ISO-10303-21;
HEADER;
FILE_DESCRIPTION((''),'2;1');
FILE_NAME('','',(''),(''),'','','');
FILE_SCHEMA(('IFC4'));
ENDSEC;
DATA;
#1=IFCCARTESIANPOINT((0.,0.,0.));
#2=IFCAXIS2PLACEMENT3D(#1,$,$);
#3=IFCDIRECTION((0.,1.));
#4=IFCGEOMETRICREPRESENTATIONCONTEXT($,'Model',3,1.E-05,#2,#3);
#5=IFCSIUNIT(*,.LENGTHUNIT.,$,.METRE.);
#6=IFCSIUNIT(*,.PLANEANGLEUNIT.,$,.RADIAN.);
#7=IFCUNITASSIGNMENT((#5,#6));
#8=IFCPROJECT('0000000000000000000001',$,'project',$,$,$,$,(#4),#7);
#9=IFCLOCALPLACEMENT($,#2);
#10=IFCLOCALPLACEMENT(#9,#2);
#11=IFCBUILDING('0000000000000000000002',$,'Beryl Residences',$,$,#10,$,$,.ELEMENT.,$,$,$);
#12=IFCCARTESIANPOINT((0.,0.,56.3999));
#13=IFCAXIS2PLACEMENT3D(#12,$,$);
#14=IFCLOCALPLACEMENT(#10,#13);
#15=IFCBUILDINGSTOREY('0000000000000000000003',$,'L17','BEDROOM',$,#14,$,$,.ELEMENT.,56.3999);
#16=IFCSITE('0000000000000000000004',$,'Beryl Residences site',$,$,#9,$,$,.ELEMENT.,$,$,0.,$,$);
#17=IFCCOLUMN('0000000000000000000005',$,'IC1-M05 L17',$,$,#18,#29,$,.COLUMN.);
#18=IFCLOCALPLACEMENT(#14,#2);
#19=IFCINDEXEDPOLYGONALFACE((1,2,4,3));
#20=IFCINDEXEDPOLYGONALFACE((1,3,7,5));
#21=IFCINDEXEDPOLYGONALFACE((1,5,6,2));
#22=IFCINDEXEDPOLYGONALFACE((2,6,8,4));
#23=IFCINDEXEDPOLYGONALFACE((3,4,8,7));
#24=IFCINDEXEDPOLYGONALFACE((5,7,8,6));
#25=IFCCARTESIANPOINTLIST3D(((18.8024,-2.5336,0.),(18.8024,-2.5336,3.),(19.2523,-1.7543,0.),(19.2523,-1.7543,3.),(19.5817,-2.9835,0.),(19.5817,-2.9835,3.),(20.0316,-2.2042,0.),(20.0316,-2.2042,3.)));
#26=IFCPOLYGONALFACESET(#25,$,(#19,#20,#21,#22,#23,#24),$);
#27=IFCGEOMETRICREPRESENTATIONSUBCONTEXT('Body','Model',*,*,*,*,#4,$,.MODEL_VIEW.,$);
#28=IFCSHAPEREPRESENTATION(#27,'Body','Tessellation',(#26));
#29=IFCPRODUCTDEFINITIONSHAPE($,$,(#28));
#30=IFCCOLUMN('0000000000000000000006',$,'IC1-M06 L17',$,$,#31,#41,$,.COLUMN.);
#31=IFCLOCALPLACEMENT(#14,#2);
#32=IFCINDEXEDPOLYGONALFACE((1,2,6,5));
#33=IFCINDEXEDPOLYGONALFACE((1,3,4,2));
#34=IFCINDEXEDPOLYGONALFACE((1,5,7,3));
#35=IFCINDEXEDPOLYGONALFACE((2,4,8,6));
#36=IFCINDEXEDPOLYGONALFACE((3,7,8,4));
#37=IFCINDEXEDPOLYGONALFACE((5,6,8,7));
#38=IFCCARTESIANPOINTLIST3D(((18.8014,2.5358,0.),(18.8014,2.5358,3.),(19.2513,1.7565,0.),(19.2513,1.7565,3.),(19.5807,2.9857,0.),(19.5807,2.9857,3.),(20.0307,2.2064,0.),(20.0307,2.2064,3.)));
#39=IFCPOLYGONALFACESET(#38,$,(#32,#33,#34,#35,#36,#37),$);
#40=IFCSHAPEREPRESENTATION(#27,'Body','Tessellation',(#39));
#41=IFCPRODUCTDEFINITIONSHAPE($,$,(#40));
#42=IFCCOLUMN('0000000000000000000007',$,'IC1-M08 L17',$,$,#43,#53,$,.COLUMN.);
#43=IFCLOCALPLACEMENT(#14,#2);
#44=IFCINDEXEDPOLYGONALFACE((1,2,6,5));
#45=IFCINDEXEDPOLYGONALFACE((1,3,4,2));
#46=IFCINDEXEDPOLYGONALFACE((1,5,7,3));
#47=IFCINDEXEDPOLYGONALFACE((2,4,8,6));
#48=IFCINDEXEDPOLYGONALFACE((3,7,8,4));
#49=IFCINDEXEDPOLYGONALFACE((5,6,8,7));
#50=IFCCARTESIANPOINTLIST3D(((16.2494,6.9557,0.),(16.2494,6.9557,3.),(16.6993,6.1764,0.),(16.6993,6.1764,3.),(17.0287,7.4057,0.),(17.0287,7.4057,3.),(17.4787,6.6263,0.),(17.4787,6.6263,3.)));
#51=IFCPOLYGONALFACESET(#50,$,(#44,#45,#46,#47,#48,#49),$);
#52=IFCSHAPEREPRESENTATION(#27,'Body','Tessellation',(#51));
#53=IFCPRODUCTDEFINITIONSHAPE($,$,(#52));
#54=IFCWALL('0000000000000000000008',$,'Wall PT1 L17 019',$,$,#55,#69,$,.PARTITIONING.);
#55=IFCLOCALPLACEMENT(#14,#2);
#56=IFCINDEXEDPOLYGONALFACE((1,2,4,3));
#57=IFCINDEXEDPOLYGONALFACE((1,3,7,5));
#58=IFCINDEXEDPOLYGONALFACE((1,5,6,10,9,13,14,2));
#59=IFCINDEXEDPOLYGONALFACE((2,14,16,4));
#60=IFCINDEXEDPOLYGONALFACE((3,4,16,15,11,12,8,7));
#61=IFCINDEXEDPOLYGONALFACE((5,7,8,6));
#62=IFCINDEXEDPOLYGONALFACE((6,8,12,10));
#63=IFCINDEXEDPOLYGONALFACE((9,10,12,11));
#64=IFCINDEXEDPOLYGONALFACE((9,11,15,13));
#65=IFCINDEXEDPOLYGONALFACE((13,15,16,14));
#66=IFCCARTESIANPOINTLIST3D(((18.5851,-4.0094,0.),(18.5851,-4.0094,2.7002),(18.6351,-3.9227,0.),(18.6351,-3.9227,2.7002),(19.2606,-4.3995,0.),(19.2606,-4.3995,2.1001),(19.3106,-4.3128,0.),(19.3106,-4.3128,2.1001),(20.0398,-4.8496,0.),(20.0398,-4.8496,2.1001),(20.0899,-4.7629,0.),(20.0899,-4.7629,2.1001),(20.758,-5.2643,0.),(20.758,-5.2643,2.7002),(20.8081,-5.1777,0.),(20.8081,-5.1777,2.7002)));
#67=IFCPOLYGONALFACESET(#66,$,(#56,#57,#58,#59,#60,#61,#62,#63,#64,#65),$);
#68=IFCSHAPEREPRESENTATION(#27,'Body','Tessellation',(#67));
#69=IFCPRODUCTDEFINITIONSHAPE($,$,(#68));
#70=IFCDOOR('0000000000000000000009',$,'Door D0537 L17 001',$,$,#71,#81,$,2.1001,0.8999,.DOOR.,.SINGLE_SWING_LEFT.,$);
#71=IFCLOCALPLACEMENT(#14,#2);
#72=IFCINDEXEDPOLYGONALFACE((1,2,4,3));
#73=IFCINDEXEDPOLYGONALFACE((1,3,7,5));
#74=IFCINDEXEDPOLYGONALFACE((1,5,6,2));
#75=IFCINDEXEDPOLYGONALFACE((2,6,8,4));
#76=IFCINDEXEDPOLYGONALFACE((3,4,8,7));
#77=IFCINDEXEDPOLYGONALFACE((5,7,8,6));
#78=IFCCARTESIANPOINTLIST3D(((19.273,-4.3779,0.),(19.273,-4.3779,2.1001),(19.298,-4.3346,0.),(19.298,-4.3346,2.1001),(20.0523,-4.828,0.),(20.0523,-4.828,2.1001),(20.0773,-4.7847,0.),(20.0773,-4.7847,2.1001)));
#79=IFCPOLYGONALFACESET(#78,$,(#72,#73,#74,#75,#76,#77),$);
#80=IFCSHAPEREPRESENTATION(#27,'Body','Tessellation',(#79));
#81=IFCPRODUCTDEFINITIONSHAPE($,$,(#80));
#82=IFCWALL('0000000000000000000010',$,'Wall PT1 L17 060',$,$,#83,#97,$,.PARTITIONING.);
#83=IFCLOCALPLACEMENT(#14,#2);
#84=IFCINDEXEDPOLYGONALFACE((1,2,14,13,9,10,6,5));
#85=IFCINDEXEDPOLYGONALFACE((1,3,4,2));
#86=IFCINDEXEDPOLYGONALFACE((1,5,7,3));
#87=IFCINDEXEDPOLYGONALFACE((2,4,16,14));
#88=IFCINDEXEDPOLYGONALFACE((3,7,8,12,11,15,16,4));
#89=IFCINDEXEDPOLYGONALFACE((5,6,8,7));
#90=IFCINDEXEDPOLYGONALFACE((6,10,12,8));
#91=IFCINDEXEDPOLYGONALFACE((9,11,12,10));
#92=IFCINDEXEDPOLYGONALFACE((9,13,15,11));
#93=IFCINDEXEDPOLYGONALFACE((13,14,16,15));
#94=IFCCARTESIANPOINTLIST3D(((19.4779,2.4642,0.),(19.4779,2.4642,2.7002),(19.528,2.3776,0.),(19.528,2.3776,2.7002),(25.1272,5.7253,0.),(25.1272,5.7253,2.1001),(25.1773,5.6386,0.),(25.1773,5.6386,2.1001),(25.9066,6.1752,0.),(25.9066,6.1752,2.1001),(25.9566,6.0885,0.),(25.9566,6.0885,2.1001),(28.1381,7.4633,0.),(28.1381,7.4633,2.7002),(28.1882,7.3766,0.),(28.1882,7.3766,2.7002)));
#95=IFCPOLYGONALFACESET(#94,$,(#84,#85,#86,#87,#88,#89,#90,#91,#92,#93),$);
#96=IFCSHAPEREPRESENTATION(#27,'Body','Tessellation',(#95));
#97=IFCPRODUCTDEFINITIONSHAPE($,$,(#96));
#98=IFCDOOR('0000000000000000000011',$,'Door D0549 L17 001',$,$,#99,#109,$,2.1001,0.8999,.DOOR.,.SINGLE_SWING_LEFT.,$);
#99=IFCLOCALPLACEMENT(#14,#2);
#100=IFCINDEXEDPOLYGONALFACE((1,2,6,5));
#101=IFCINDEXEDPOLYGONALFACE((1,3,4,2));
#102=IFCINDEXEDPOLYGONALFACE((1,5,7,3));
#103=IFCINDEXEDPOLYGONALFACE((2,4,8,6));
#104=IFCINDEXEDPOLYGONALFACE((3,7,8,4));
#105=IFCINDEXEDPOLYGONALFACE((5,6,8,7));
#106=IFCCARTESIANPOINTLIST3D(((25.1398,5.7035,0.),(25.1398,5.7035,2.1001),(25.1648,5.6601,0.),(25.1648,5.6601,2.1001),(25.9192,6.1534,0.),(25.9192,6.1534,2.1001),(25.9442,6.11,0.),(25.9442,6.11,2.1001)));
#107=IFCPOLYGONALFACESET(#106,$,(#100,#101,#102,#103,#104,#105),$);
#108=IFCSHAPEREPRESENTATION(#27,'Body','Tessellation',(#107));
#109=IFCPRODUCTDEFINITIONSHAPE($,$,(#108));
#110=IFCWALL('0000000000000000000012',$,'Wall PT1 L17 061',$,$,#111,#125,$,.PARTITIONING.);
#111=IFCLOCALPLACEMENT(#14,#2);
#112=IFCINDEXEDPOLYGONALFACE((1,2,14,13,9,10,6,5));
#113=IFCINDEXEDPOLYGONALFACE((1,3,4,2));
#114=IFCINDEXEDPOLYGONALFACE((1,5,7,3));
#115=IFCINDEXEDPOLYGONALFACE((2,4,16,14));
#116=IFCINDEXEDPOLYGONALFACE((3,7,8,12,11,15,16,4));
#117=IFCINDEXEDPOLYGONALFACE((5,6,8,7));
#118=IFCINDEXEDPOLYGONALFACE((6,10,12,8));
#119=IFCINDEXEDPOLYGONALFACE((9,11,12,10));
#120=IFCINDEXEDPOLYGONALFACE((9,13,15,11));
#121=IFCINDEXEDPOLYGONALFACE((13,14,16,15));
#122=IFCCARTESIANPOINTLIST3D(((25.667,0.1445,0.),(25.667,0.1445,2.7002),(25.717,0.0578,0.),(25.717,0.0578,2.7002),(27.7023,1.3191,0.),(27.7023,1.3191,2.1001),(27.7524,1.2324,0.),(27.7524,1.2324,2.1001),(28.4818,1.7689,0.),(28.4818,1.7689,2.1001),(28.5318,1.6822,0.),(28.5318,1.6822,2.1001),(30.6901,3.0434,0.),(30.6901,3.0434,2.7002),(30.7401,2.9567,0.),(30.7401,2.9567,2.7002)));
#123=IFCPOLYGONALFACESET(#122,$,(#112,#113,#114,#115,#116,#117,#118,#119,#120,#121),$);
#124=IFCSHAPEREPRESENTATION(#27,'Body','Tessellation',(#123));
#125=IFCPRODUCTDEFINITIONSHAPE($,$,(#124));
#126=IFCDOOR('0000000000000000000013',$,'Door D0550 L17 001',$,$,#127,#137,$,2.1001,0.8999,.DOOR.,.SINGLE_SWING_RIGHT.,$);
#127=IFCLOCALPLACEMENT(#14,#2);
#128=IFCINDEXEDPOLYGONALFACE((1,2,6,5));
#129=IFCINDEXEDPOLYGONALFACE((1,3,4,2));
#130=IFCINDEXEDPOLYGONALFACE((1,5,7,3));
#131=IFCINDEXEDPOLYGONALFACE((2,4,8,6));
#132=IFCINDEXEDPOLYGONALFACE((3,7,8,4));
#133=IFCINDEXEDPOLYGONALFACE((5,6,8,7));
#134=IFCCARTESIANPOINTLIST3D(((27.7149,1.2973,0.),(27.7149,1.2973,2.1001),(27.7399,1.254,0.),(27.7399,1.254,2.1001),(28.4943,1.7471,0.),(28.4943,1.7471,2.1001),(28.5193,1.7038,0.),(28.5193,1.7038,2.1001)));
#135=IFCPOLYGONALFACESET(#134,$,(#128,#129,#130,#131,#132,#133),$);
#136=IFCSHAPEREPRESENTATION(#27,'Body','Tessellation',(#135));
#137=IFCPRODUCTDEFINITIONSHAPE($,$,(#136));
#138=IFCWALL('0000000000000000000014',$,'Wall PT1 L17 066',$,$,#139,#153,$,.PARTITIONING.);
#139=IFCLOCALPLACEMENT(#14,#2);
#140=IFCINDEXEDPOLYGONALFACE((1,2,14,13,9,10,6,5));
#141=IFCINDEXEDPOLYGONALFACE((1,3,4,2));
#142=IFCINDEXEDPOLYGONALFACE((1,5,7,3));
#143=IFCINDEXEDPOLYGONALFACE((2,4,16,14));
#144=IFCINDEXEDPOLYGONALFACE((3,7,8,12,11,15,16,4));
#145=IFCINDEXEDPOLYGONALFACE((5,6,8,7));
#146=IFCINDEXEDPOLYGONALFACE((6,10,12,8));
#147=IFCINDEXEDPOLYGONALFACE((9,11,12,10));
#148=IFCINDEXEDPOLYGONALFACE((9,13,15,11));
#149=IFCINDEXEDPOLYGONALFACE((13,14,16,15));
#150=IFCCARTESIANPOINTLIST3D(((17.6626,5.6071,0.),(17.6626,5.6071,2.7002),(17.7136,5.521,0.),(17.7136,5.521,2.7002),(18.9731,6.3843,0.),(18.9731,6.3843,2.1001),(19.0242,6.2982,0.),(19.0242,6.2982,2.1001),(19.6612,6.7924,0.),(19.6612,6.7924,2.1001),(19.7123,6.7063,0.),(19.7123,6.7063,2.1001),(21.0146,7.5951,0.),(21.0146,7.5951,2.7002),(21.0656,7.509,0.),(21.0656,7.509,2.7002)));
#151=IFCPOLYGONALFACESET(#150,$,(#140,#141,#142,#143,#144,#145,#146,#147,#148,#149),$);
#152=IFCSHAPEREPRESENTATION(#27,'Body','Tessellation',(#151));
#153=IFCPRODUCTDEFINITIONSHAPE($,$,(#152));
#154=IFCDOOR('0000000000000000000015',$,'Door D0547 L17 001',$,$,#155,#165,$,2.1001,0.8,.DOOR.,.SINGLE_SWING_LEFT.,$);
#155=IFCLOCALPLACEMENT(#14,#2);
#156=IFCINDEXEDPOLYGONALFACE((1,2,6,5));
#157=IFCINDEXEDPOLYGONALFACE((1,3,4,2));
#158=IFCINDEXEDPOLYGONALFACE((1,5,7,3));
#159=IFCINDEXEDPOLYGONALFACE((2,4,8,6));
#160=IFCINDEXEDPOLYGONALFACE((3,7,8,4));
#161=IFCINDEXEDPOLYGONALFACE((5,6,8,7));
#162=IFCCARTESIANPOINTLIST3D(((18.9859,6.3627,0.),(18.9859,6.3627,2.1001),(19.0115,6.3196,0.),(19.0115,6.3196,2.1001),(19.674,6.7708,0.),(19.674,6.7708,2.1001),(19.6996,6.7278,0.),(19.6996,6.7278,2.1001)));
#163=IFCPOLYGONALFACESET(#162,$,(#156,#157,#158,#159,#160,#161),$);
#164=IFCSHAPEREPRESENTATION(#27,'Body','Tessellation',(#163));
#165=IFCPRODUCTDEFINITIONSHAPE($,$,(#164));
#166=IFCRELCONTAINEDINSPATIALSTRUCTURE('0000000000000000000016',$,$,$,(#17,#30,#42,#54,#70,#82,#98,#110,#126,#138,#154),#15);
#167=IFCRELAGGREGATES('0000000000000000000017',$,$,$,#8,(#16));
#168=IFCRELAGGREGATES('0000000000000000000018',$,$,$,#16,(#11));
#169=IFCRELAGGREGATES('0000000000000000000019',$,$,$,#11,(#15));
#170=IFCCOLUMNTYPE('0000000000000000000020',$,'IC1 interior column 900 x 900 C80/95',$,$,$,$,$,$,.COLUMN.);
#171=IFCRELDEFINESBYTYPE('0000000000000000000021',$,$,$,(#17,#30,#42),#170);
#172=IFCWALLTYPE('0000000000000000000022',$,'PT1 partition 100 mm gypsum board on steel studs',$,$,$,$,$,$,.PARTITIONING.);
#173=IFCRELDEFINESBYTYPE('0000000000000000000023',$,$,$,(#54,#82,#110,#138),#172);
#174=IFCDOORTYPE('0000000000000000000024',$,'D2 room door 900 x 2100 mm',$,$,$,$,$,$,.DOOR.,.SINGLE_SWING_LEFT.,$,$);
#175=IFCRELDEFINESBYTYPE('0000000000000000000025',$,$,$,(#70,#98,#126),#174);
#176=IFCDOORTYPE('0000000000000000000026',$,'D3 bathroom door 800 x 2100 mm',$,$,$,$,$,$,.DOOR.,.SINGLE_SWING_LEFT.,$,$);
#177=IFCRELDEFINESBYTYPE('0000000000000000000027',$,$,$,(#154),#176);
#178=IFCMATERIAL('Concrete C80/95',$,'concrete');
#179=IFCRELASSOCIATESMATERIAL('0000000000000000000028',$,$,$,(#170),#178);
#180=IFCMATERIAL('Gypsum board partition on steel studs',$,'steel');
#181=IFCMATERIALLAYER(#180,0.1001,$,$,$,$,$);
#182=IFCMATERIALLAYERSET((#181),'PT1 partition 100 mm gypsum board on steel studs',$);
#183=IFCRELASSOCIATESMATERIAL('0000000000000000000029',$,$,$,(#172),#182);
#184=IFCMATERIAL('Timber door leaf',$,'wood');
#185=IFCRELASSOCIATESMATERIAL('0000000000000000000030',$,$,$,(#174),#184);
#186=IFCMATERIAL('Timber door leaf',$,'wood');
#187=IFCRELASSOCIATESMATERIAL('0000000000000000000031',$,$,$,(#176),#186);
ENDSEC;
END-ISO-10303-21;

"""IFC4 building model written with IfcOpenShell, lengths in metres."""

from ifc_helpers import new_model, si_unit, direction, frame, frame_2d, origin, origin_2d, place, context, subcontext, project, spatial, rectangle, extrude, material, layer, layer_set, material_profile, profile_set, type_object, element, fill, save


model = new_model("IFC4")

# Units and contexts
model_context = context("Model", 3, precision=1e-05, world=origin(), true_north=direction((0.0, 1.0)))
body_context = subcontext(model_context, "Body", "Model", "MODEL_VIEW")
ifc_project = project(units=[si_unit("LENGTHUNIT", "METRE"), si_unit("PLANEANGLEUNIT", "RADIAN")], contexts=[model_context])

# Site, building, storey
site_placement = place(None, origin())
site = spatial("IfcSite", under=ifc_project, at=site_placement, Name="Beryl Residences site", CompositionType="ELEMENT", RefElevation=0.0)
building_placement = place(site_placement, origin())
building = spatial("IfcBuilding", under=site, at=building_placement, Name="Beryl Residences", CompositionType="ELEMENT")
storey_placement = place(building_placement, frame((0.0, 0.0, 56.3999)))
storey = spatial("IfcBuildingStorey", under=building, at=storey_placement, Name="L17", Description="BEDROOM", CompositionType="ELEMENT", Elevation=56.3999)

# Columns
ifc_material_1 = material(Name="Concrete C80/95", Category="concrete")
ifc_material_profile = material_profile(ifc_material_1, rectangle(XDim=0.8999, YDim=0.8999, at=origin_2d()))
ifc_profile_set = profile_set([ifc_material_profile], Name="Concrete C80/95")
column_type = type_object("IfcColumnType", Name="IC1 interior column 900 x 900 C80/95", PredefinedType="COLUMN", material=ifc_profile_set)
for number, where, z_axis, x_axis, name in (
    (1, (19.417, -2.3689, 0.0), (0.0, 0.0, 1.0), (0.499985, 0.866034, 0.0), "IC1-M05 L17"),
    (2, (19.416, 2.3711, 0.0), (0.0, 0.0, 1.0), (-0.499985, 0.866034, 0.0), "IC1-M06 L17"),
    (3, (16.864, 6.791, 0.0), (0.0, 0.0, 1.0), (-0.499985, 0.866034, 0.0), "IC1-M08 L17"),
):
    element("IfcColumn", number, at=place(storey_placement, frame(where, z_axis=z_axis, x_axis=x_axis)), inside=storey, type_object=column_type, Name=name, PredefinedType="COLUMN", context=body_context, shape_type="SweptSolid", body=[
        extrude(rectangle(XDim=0.8999, YDim=0.8999, at=origin_2d()), origin(), (0.0, 0.0, 1.0), 3.0),
    ])

# Walls, openings, doors
ifc_material_2 = material(Name="Gypsum board partition on steel studs", Category="steel")
ifc_layer_1 = layer(ifc_material_2, 0.1001)
ifc_layer_set_1 = layer_set([ifc_layer_1], Name="PT1 partition 100 mm gypsum board on steel studs")
wall_type_1 = type_object("IfcWallType", Name="PT1 partition 100 mm gypsum board on steel studs", PredefinedType="PARTITIONING", material=ifc_layer_set_1)
wall_1_placement = place(storey_placement, frame((18.6101, -3.9661, 0.0), z_axis=(0.0, 0.0, 1.0), x_axis=(0.865959, -0.500115, 0.0)))
wall_1 = element("IfcWall", 4, at=wall_1_placement, inside=storey, type_object=wall_type_1, Name="Wall PT1 L17 019", PredefinedType="PARTITIONING", context=body_context, shape_type="SweptSolid", body=[
    extrude(rectangle(XDim=2.5093, YDim=0.1001, at=frame_2d((1.2546, 0.0))), origin(), (0.0, 0.0, 1.0), 2.7002),
])
opening_1_placement = place(wall_1_placement, frame((0.78, 0.0, 0.0)))
opening_1 = element("IfcOpeningElement", 5, at=opening_1_placement, cuts=wall_1, PredefinedType="OPENING", context=body_context, shape_type="SweptSolid", body=[
    extrude(rectangle(XDim=0.8999, YDim=2.1001, at=frame_2d((0.45, 1.05))), frame((0.0, 0.0601, 0.0), z_axis=(0.0, -1.0, 0.0), x_axis=(1.0, 0.0, 0.0)), (0.0, 0.0, 1.0), 0.1201),
])
ifc_material_3 = material(Name="Timber door leaf", Category="wood")
door_type_1 = type_object("IfcDoorType", Name="D2 room door 900 x 2100 mm", OperationType="SINGLE_SWING_LEFT", PredefinedType="DOOR", material=ifc_material_3)
door_1_placement = place(opening_1_placement, origin())
door_1 = element("IfcDoor", 6, at=door_1_placement, inside=storey, type_object=door_type_1, Name="Door D0537 L17 001", OperationType="SINGLE_SWING_LEFT", OverallHeight=2.1001, OverallWidth=0.8999, PredefinedType="DOOR", context=body_context, shape_type="SweptSolid", body=[
    extrude(rectangle(XDim=0.8999, YDim=2.1001, at=frame_2d((0.45, 1.05))), frame((0.0, 0.0249, 0.0), z_axis=(0.0, -1.0, 0.0), x_axis=(1.0, 0.0, 0.0)), (0.0, 0.0, 1.0), 0.05),
])
fill(opening_1, door_1)
wall_2_placement = place(storey_placement, frame((19.5029, 2.4209, 0.0), z_axis=(0.0, 0.0, 1.0), x_axis=(0.866065, 0.499931, 0.0)))
wall_2 = element("IfcWall", 7, at=wall_2_placement, inside=storey, type_object=wall_type_1, Name="Wall PT1 L17 060", PredefinedType="PARTITIONING", context=body_context, shape_type="SweptSolid", body=[
    extrude(rectangle(XDim=9.9995, YDim=0.1001, at=frame_2d((4.9998, 0.0))), origin(), (0.0, 0.0, 1.0), 2.7002),
])
opening_2_placement = place(wall_2_placement, frame((6.5229, 0.0, 0.0)))
opening_2 = element("IfcOpeningElement", 8, at=opening_2_placement, cuts=wall_2, PredefinedType="OPENING", context=body_context, shape_type="SweptSolid", body=[
    extrude(rectangle(XDim=0.8999, YDim=2.1001, at=frame_2d((0.45, 1.05))), frame((0.0, 0.0601, 0.0), z_axis=(0.0, -1.0, 0.0), x_axis=(1.0, 0.0, 0.0)), (0.0, 0.0, 1.0), 0.1201),
])
door_2_placement = place(opening_2_placement, origin())
door_2 = element("IfcDoor", 9, at=door_2_placement, inside=storey, type_object=door_type_1, Name="Door D0549 L17 001", OperationType="SINGLE_SWING_LEFT", OverallHeight=2.1001, OverallWidth=0.8999, PredefinedType="DOOR", context=body_context, shape_type="SweptSolid", body=[
    extrude(rectangle(XDim=0.8999, YDim=2.1001, at=frame_2d((0.45, 1.05))), frame((0.0, 0.0249, 0.0), z_axis=(0.0, -1.0, 0.0), x_axis=(1.0, 0.0, 0.0)), (0.0, 0.0, 1.0), 0.05),
])
fill(opening_2, door_2)
wall_3_placement = place(storey_placement, frame((25.6919, 0.1011, 0.0), z_axis=(0.0, 0.0, 1.0), x_axis=(0.866116, 0.499843, 0.0)))
wall_3 = element("IfcWall", 10, at=wall_3_placement, inside=storey, type_object=wall_type_1, Name="Wall PT1 L17 061", PredefinedType="PARTITIONING", context=body_context, shape_type="SweptSolid", body=[
    extrude(rectangle(XDim=5.7996, YDim=0.1001, at=frame_2d((2.8999, 0.0))), origin(), (0.0, 0.0, 1.0), 2.7002),
])
opening_3_placement = place(wall_3_placement, frame((2.3501, 0.0, 0.0)))
opening_3 = element("IfcOpeningElement", 11, at=opening_3_placement, cuts=wall_3, PredefinedType="OPENING", context=body_context, shape_type="SweptSolid", body=[
    extrude(rectangle(XDim=0.8999, YDim=2.1001, at=frame_2d((0.45, 1.05))), frame((0.0, 0.0601, 0.0), z_axis=(0.0, -1.0, 0.0), x_axis=(1.0, 0.0, 0.0)), (0.0, 0.0, 1.0), 0.1201),
])
door_3_placement = place(opening_3_placement, origin())
door_3 = element("IfcDoor", 12, at=door_3_placement, inside=storey, type_object=door_type_1, Name="Door D0550 L17 001", OperationType="SINGLE_SWING_RIGHT", OverallHeight=2.1001, OverallWidth=0.8999, PredefinedType="DOOR", context=body_context, shape_type="SweptSolid", body=[
    extrude(rectangle(XDim=0.8999, YDim=2.1001, at=frame_2d((0.45, 1.05))), frame((0.0, 0.0249, 0.0), z_axis=(0.0, -1.0, 0.0), x_axis=(1.0, 0.0, 0.0)), (0.0, 0.0, 1.0), 0.05),
])
fill(opening_3, door_3)
wall_4_placement = place(storey_placement, frame((17.688, 5.564, 0.0), z_axis=(0.0, 0.0, 1.0), x_axis=(0.860107, 0.510113, 0.0)))
wall_4 = element("IfcWall", 13, at=wall_4_placement, inside=storey, type_object=wall_type_1, Name="Wall PT1 L17 066", PredefinedType="PARTITIONING", context=body_context, shape_type="SweptSolid", body=[
    extrude(rectangle(XDim=3.8972, YDim=0.1001, at=frame_2d((1.9487, 0.0))), origin(), (0.0, 0.0, 1.0), 2.7002),
])
opening_4_placement = place(wall_4_placement, frame((1.5239, 0.0, 0.0)))
opening_4 = element("IfcOpeningElement", 14, at=opening_4_placement, cuts=wall_4, PredefinedType="OPENING", context=body_context, shape_type="SweptSolid", body=[
    extrude(rectangle(XDim=0.8, YDim=2.1001, at=frame_2d((0.3999, 1.05))), frame((0.0, 0.0601, 0.0), z_axis=(0.0, -1.0, 0.0), x_axis=(1.0, 0.0, 0.0)), (0.0, 0.0, 1.0), 0.1201),
])
ifc_material_4 = material(Name="Timber door leaf", Category="wood")
door_type_2 = type_object("IfcDoorType", Name="D3 bathroom door 800 x 2100 mm", OperationType="SINGLE_SWING_LEFT", PredefinedType="DOOR", material=ifc_material_4)
door_4_placement = place(opening_4_placement, origin())
door_4 = element("IfcDoor", 15, at=door_4_placement, inside=storey, type_object=door_type_2, Name="Door D0547 L17 001", OperationType="SINGLE_SWING_LEFT", OverallHeight=2.1001, OverallWidth=0.8, PredefinedType="DOOR", context=body_context, shape_type="SweptSolid", body=[
    extrude(rectangle(XDim=0.8, YDim=2.1001, at=frame_2d((0.3999, 1.05))), frame((0.0, 0.0249, 0.0), z_axis=(0.0, -1.0, 0.0), x_axis=(1.0, 0.0, 0.0)), (0.0, 0.0, 1.0), 0.05),
])
fill(opening_4, door_4)

save(model, "model.ifc")
